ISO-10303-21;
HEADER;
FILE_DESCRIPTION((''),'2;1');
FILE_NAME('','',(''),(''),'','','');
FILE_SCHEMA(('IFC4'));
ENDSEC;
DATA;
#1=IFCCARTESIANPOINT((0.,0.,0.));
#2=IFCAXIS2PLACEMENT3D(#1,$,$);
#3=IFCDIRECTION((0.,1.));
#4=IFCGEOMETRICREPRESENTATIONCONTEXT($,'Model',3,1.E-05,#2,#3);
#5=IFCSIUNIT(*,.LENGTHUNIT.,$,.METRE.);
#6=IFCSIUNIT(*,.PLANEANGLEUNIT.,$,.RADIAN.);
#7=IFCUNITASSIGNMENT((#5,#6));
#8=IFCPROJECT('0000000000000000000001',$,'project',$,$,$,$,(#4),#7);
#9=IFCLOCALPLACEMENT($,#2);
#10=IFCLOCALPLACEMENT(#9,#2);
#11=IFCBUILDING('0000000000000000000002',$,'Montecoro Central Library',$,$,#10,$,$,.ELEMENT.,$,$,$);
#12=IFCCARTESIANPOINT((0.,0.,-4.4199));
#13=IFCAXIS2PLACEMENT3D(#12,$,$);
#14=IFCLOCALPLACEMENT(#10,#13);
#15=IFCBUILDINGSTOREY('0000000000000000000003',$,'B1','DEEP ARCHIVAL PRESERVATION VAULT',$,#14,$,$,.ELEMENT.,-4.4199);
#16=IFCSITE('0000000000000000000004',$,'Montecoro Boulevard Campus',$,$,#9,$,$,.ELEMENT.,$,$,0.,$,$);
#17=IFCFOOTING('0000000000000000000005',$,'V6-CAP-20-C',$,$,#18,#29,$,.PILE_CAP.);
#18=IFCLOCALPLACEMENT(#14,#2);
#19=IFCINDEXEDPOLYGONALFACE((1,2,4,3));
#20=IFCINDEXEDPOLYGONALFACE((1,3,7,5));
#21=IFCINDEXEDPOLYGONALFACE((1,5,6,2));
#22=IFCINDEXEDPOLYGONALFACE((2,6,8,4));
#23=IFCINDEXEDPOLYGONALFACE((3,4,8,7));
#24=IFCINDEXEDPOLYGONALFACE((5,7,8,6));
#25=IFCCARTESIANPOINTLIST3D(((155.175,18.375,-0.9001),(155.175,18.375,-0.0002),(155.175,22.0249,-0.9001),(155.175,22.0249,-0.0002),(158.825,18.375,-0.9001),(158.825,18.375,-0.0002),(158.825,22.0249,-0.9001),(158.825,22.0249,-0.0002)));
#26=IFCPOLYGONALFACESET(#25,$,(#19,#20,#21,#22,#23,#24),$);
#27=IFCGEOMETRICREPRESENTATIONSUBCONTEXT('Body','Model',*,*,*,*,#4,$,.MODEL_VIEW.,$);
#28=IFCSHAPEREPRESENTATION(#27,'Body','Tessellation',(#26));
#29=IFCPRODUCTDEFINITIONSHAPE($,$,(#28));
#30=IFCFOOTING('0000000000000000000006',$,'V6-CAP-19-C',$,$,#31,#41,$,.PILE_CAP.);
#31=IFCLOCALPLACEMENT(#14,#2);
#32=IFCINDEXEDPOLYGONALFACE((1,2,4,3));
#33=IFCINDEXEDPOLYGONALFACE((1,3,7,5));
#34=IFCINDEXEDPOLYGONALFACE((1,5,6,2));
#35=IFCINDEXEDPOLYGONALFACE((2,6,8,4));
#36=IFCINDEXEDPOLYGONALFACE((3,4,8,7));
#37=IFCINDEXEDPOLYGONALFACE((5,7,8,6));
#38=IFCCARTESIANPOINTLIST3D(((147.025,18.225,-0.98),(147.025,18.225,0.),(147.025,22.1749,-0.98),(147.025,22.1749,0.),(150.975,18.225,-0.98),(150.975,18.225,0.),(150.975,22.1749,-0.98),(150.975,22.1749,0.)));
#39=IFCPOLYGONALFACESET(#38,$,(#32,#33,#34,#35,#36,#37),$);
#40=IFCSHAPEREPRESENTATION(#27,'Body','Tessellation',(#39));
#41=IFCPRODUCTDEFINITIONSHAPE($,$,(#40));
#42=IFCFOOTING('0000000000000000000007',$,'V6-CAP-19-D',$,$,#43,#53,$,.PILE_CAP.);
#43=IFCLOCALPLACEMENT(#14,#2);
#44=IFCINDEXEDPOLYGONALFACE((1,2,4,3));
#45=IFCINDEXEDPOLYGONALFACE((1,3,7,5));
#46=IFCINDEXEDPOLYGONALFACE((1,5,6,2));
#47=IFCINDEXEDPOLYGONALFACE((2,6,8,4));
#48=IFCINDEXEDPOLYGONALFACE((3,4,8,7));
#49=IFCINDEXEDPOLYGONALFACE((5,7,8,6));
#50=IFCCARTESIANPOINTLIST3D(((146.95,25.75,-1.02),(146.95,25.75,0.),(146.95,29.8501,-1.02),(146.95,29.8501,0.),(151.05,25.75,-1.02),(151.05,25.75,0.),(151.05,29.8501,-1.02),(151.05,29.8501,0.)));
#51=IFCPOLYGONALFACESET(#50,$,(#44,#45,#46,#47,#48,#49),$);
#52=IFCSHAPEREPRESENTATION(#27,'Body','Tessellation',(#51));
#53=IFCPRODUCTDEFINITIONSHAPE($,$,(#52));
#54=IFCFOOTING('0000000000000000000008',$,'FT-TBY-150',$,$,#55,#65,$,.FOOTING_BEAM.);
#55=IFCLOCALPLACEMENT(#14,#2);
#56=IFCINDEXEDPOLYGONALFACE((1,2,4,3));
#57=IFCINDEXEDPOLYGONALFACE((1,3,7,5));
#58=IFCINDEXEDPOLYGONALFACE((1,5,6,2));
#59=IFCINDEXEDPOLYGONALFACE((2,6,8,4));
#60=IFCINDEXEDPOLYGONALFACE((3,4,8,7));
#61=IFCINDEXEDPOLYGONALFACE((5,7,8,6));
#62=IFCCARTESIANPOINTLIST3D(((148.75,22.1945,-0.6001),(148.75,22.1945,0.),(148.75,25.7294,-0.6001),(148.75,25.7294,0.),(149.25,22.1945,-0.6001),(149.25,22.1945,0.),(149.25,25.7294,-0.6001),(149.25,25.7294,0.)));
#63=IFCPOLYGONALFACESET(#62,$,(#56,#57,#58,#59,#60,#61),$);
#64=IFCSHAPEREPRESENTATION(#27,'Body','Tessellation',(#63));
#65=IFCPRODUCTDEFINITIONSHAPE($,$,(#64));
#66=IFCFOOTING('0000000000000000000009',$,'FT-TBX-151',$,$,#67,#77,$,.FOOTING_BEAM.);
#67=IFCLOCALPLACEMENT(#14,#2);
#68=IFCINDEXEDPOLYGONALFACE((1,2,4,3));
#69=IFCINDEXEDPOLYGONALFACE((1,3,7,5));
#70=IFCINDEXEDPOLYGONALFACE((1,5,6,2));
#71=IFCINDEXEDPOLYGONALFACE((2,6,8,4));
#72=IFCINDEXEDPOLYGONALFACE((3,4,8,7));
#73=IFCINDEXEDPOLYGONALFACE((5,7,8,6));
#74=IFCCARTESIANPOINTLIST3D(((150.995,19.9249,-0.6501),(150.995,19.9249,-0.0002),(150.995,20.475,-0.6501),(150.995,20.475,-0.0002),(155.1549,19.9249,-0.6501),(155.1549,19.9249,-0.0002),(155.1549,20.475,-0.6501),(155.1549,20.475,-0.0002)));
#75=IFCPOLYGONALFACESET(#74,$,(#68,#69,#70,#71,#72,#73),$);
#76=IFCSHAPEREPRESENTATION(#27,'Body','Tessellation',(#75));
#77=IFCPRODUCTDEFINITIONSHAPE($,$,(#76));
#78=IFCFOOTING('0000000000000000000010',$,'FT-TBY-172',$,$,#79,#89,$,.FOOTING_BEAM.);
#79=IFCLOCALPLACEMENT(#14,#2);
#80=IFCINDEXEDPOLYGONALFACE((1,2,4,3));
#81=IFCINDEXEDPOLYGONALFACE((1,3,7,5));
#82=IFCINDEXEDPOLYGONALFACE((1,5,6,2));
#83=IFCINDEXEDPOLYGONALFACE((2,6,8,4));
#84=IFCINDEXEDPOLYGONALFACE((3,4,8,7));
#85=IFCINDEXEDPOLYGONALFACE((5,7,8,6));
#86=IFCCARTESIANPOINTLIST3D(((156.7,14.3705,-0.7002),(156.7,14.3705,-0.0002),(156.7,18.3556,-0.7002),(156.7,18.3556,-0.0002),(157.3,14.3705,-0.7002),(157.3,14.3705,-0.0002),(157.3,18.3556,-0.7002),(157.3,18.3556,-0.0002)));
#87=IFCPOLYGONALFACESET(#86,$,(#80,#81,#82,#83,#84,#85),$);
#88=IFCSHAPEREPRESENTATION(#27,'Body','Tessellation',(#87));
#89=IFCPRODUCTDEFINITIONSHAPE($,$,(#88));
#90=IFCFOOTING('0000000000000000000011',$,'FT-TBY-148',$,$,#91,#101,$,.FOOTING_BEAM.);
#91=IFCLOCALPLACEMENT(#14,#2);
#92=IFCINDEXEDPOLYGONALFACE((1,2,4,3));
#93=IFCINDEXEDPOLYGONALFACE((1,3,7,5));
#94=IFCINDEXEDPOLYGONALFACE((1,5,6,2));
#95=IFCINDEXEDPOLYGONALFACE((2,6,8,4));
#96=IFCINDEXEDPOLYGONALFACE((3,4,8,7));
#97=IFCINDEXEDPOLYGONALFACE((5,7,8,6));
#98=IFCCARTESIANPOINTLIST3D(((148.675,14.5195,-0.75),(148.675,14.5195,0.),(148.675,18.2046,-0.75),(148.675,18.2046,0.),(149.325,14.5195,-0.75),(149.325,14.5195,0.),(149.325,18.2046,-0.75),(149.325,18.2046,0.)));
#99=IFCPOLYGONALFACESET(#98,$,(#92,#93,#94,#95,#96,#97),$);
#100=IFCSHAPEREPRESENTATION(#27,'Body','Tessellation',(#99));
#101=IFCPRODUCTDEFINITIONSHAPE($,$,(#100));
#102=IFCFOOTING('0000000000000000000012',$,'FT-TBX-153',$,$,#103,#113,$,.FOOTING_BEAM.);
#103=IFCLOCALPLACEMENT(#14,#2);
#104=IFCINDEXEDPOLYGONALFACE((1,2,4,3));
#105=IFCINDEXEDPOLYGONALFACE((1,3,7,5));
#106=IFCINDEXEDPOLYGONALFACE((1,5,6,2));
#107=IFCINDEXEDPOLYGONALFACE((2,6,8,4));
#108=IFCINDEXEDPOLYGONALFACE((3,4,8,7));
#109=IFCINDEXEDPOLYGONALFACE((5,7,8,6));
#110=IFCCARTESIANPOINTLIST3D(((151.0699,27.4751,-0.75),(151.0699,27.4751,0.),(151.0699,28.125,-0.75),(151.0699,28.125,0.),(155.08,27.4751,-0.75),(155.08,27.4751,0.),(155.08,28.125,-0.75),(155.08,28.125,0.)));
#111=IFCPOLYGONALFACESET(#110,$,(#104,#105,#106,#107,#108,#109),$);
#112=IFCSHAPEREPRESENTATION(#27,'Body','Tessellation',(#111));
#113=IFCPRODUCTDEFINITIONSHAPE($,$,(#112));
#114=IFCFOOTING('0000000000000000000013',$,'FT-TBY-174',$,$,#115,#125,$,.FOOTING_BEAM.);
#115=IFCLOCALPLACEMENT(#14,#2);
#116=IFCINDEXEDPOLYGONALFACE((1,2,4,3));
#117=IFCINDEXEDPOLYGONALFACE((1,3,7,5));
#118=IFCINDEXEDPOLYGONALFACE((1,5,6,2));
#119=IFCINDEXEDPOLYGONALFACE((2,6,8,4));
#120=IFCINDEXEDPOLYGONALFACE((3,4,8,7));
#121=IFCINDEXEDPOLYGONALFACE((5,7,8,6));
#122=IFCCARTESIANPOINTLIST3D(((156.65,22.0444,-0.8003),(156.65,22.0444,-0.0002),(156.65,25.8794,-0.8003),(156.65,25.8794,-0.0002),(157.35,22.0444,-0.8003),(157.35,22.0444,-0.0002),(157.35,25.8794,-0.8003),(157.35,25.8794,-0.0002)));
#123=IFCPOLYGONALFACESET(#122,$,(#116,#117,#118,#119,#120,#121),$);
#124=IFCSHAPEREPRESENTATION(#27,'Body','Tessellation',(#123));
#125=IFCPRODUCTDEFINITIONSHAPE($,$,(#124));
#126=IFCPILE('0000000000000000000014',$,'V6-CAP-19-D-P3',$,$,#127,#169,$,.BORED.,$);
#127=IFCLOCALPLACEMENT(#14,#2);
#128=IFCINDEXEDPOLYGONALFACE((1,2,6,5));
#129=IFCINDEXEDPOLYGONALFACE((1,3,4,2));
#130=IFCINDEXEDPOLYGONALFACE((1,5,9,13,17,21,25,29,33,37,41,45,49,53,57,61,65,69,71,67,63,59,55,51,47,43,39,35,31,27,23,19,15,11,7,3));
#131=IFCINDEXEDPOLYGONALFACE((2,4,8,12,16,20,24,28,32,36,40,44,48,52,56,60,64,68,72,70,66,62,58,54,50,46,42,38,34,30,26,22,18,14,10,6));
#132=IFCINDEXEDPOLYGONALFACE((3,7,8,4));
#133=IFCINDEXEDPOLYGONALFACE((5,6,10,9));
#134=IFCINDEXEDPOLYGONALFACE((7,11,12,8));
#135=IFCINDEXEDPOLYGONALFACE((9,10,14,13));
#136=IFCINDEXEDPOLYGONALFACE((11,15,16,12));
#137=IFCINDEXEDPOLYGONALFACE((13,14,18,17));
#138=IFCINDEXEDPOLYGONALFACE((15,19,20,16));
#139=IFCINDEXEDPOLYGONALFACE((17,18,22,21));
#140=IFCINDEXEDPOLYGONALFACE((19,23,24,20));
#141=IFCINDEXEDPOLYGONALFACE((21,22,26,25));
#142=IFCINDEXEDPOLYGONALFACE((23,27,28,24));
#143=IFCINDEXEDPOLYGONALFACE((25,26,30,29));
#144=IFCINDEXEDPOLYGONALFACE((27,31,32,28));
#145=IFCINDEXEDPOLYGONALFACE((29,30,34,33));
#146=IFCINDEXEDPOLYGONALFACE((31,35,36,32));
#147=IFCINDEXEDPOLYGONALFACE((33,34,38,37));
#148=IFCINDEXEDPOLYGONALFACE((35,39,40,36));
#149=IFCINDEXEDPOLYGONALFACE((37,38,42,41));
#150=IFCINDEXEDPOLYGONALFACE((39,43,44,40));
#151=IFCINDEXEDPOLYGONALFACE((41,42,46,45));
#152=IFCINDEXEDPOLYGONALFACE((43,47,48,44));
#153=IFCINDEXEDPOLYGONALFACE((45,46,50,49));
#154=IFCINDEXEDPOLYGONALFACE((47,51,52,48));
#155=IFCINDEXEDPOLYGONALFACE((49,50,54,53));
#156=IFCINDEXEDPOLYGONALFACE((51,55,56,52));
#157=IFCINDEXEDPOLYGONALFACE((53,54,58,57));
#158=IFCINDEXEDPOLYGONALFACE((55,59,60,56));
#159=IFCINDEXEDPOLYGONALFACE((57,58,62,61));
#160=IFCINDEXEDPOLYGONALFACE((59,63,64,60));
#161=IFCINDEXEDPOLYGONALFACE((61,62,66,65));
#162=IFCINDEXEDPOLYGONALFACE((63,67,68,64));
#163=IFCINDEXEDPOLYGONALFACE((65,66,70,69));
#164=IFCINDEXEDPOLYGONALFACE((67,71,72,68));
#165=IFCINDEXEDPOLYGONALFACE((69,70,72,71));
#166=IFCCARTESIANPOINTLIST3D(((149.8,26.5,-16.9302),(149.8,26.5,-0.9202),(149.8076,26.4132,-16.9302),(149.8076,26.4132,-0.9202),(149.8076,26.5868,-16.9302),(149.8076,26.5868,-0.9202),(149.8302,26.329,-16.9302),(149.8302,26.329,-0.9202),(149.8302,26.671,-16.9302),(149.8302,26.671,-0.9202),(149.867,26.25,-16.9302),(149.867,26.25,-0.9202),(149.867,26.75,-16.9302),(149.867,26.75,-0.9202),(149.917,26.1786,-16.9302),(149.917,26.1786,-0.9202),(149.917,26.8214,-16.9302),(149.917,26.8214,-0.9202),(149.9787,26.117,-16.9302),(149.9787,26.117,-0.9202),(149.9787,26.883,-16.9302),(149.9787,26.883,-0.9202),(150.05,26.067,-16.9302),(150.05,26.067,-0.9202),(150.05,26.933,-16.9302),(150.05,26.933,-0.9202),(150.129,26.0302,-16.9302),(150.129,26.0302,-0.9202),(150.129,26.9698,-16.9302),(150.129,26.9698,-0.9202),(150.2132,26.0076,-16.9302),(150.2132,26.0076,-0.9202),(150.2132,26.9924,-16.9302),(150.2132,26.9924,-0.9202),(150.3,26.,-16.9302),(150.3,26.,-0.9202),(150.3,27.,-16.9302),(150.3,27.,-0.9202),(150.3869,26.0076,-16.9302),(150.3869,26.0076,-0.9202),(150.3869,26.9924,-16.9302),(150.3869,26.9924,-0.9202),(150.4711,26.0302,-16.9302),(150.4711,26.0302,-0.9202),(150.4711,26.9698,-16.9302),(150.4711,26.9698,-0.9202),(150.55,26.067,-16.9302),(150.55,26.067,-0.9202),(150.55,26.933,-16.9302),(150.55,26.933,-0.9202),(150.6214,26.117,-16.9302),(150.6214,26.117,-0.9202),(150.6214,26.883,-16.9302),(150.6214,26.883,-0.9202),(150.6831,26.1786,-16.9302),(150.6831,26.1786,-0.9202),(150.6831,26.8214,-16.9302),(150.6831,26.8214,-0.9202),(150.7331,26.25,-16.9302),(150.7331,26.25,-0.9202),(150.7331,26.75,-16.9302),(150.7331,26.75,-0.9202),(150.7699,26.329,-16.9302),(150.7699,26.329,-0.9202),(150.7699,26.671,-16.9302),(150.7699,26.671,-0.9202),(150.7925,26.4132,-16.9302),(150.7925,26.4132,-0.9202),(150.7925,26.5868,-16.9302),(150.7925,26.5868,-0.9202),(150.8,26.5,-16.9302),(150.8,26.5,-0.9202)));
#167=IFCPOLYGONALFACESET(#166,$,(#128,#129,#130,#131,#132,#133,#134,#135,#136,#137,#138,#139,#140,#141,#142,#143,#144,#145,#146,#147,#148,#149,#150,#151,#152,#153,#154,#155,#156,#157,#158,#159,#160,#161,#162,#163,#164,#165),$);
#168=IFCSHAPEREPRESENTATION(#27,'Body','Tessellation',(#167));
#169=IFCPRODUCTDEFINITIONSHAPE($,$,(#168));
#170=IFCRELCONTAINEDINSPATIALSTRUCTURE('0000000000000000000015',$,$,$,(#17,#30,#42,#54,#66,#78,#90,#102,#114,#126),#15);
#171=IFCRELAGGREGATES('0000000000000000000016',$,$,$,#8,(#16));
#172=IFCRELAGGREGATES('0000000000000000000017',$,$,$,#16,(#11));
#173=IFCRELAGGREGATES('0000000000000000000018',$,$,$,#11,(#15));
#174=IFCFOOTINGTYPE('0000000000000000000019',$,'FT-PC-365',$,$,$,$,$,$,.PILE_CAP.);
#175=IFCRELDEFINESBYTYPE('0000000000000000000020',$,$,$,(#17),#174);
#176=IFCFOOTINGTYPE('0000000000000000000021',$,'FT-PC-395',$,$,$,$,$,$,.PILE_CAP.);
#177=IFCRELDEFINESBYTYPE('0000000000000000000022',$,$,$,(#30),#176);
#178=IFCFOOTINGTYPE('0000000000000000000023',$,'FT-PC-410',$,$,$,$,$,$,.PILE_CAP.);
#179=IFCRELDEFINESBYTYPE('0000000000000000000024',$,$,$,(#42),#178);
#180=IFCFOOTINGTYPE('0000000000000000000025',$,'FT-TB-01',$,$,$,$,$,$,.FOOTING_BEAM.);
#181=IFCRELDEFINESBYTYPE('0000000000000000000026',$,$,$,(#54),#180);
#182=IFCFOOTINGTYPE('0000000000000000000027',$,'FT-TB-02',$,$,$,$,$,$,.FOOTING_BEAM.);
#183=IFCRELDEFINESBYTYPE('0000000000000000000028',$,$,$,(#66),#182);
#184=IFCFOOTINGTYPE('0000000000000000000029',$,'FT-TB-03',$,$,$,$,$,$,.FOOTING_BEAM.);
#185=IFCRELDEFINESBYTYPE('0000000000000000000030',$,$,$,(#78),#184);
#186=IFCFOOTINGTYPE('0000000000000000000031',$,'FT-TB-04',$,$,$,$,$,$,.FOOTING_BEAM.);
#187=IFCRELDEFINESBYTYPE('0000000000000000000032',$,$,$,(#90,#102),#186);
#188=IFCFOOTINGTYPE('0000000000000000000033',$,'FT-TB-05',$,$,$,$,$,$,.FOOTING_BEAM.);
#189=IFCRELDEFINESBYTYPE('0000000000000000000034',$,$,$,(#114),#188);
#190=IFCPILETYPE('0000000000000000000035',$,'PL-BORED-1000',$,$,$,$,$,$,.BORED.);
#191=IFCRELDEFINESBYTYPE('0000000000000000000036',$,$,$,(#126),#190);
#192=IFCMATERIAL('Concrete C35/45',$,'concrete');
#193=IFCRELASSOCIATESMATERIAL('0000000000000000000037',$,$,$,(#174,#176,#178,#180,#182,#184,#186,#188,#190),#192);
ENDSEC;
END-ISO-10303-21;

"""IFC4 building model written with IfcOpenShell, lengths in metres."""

from ifc_helpers import new_model, si_unit, direction, frame, origin, origin_2d, place, context, subcontext, project, spatial, rectangle, circle, extrude, material, material_profile, profile_set, type_object, element, save


model = new_model("IFC4")

# Units and contexts
model_context = context("Model", 3, precision=1e-05, world=origin(), true_north=direction((0.0, 1.0)))
body_context = subcontext(model_context, "Body", "Model", "MODEL_VIEW")
ifc_project = project(units=[si_unit("LENGTHUNIT", "METRE"), si_unit("PLANEANGLEUNIT", "RADIAN")], contexts=[model_context])

# Site, building, storey
site_placement = place(None, origin())
site = spatial("IfcSite", under=ifc_project, at=site_placement, Name="Montecoro Boulevard Campus", CompositionType="ELEMENT", RefElevation=0.0)
building_placement = place(site_placement, origin())
building = spatial("IfcBuilding", under=site, at=building_placement, Name="Montecoro Central Library", CompositionType="ELEMENT")
storey_placement = place(building_placement, frame((0.0, 0.0, -4.4199)))
storey = spatial("IfcBuildingStorey", under=building, at=storey_placement, Name="B1", Description="DEEP ARCHIVAL PRESERVATION VAULT", CompositionType="ELEMENT", Elevation=-4.4199)

# Footings
ifc_material_1 = material(Name="Concrete C35/45", Category="concrete")
footing_type_1 = type_object("IfcFootingType", Name="FT-PC-365", PredefinedType="PILE_CAP", material=ifc_material_1)
footing_1_placement = place(storey_placement, frame((157.0, 20.2, -0.9001), z_axis=(0.0, 0.0, 1.0), x_axis=(1.0, 0.0, 0.0)))
element("IfcFooting", 1, at=footing_1_placement, inside=storey, type_object=footing_type_1, Name="V6-CAP-20-C", PredefinedType="PILE_CAP", context=body_context, shape_type="SweptSolid", body=[
    extrude(rectangle(XDim=3.6499, YDim=3.6499, at=origin_2d()), origin(), (0.0, 0.0, 1.0), 0.8999),
])
footing_type_2 = type_object("IfcFootingType", Name="FT-PC-395", PredefinedType="PILE_CAP", material=ifc_material_1)
footing_2_placement = place(storey_placement, frame((149.0, 20.2, -0.98), z_axis=(0.0, 0.0, 1.0), x_axis=(1.0, 0.0, 0.0)))
element("IfcFooting", 2, at=footing_2_placement, inside=storey, type_object=footing_type_2, Name="V6-CAP-19-C", PredefinedType="PILE_CAP", context=body_context, shape_type="SweptSolid", body=[
    extrude(rectangle(XDim=3.95, YDim=3.95, at=origin_2d()), origin(), (0.0, 0.0, 1.0), 0.98),
])
footing_type_3 = type_object("IfcFootingType", Name="FT-PC-410", PredefinedType="PILE_CAP", material=ifc_material_1)
footing_3_placement = place(storey_placement, frame((149.0, 27.8, -1.02), z_axis=(0.0, 0.0, 1.0), x_axis=(1.0, 0.0, 0.0)))
element("IfcFooting", 3, at=footing_3_placement, inside=storey, type_object=footing_type_3, Name="V6-CAP-19-D", PredefinedType="PILE_CAP", context=body_context, shape_type="SweptSolid", body=[
    extrude(rectangle(XDim=4.1001, YDim=4.1001, at=origin_2d()), origin(), (0.0, 0.0, 1.0), 1.02),
])
footing_type_4 = type_object("IfcFootingType", Name="FT-TB-01", PredefinedType="FOOTING_BEAM", material=ifc_material_1)
footing_4_placement = place(storey_placement, frame((149.0, 23.9619, -0.6001), z_axis=(0.0, 0.0, 1.0), x_axis=(1.0, 0.0, 0.0)))
element("IfcFooting", 4, at=footing_4_placement, inside=storey, type_object=footing_type_4, Name="FT-TBY-150", PredefinedType="FOOTING_BEAM", context=body_context, shape_type="SweptSolid", body=[
    extrude(rectangle(XDim=0.5, YDim=3.5349, at=origin_2d()), origin(), (0.0, 0.0, 1.0), 0.6001),
])
footing_type_5 = type_object("IfcFootingType", Name="FT-TB-02", PredefinedType="FOOTING_BEAM", material=ifc_material_1)
footing_5_placement = place(storey_placement, frame((153.075, 20.2, -0.6501), z_axis=(0.0, 0.0, 1.0), x_axis=(1.0, 0.0, 0.0)))
element("IfcFooting", 5, at=footing_5_placement, inside=storey, type_object=footing_type_5, Name="FT-TBX-151", PredefinedType="FOOTING_BEAM", context=body_context, shape_type="SweptSolid", body=[
    extrude(rectangle(XDim=4.1599, YDim=0.55, at=origin_2d()), origin(), (0.0, 0.0, 1.0), 0.6499),
])
footing_type_6 = type_object("IfcFootingType", Name="FT-TB-03", PredefinedType="FOOTING_BEAM", material=ifc_material_1)
footing_6_placement = place(storey_placement, frame((157.0, 16.363, -0.7002), z_axis=(0.0, 0.0, 1.0), x_axis=(1.0, 0.0, 0.0)))
element("IfcFooting", 6, at=footing_6_placement, inside=storey, type_object=footing_type_6, Name="FT-TBY-172", PredefinedType="FOOTING_BEAM", context=body_context, shape_type="SweptSolid", body=[
    extrude(rectangle(XDim=0.6001, YDim=3.9851, at=origin_2d()), origin(), (0.0, 0.0, 1.0), 0.7),
])
footing_type_7 = type_object("IfcFootingType", Name="FT-TB-04", PredefinedType="FOOTING_BEAM", material=ifc_material_1)
footing_7_placement = place(storey_placement, frame((149.0, 16.3621, -0.75), z_axis=(0.0, 0.0, 1.0), x_axis=(1.0, 0.0, 0.0)))
element("IfcFooting", 7, at=footing_7_placement, inside=storey, type_object=footing_type_7, Name="FT-TBY-148", PredefinedType="FOOTING_BEAM", context=body_context, shape_type="SweptSolid", body=[
    extrude(rectangle(XDim=0.6499, YDim=3.6851, at=origin_2d()), origin(), (0.0, 0.0, 1.0), 0.75),
])
footing_8_placement = place(storey_placement, frame((153.075, 27.8, -0.75), z_axis=(0.0, 0.0, 1.0), x_axis=(1.0, 0.0, 0.0)))
element("IfcFooting", 8, at=footing_8_placement, inside=storey, type_object=footing_type_7, Name="FT-TBX-153", PredefinedType="FOOTING_BEAM", context=body_context, shape_type="SweptSolid", body=[
    extrude(rectangle(XDim=4.01, YDim=0.6499, at=origin_2d()), origin(), (0.0, 0.0, 1.0), 0.75),
])
footing_type_8 = type_object("IfcFootingType", Name="FT-TB-05", PredefinedType="FOOTING_BEAM", material=ifc_material_1)
footing_9_placement = place(storey_placement, frame((157.0, 23.9619, -0.8003), z_axis=(0.0, 0.0, 1.0), x_axis=(1.0, 0.0, 0.0)))
element("IfcFooting", 9, at=footing_9_placement, inside=storey, type_object=footing_type_8, Name="FT-TBY-174", PredefinedType="FOOTING_BEAM", context=body_context, shape_type="SweptSolid", body=[
    extrude(rectangle(XDim=0.7, YDim=3.835, at=origin_2d()), origin(), (0.0, 0.0, 1.0), 0.8),
])

# Pile
ifc_material_profile_1 = material_profile(ifc_material_1, circle(Radius=0.5, at=origin_2d()), Name="PILE D1000")
ifc_profile_set_1 = profile_set([ifc_material_profile_1], Name="Concrete C35/45")
pile_type_1 = type_object("IfcPileType", Name="PL-BORED-1000", PredefinedType="BORED", material=ifc_profile_set_1)
pile_1_placement = place(storey_placement, frame((150.3, 26.5, -0.9202), z_axis=(0.0, 0.0, -1.0), x_axis=(1.0, 0.0, 0.0)))
element("IfcPile", 10, at=pile_1_placement, inside=storey, type_object=pile_type_1, Name="V6-CAP-19-D-P3", PredefinedType="BORED", context=body_context, shape_type="SweptSolid", body=[
    extrude(circle(Radius=0.5, at=origin_2d()), origin(), (0.0, 0.0, 1.0), 16.01),
])

save(model, "model.ifc")
